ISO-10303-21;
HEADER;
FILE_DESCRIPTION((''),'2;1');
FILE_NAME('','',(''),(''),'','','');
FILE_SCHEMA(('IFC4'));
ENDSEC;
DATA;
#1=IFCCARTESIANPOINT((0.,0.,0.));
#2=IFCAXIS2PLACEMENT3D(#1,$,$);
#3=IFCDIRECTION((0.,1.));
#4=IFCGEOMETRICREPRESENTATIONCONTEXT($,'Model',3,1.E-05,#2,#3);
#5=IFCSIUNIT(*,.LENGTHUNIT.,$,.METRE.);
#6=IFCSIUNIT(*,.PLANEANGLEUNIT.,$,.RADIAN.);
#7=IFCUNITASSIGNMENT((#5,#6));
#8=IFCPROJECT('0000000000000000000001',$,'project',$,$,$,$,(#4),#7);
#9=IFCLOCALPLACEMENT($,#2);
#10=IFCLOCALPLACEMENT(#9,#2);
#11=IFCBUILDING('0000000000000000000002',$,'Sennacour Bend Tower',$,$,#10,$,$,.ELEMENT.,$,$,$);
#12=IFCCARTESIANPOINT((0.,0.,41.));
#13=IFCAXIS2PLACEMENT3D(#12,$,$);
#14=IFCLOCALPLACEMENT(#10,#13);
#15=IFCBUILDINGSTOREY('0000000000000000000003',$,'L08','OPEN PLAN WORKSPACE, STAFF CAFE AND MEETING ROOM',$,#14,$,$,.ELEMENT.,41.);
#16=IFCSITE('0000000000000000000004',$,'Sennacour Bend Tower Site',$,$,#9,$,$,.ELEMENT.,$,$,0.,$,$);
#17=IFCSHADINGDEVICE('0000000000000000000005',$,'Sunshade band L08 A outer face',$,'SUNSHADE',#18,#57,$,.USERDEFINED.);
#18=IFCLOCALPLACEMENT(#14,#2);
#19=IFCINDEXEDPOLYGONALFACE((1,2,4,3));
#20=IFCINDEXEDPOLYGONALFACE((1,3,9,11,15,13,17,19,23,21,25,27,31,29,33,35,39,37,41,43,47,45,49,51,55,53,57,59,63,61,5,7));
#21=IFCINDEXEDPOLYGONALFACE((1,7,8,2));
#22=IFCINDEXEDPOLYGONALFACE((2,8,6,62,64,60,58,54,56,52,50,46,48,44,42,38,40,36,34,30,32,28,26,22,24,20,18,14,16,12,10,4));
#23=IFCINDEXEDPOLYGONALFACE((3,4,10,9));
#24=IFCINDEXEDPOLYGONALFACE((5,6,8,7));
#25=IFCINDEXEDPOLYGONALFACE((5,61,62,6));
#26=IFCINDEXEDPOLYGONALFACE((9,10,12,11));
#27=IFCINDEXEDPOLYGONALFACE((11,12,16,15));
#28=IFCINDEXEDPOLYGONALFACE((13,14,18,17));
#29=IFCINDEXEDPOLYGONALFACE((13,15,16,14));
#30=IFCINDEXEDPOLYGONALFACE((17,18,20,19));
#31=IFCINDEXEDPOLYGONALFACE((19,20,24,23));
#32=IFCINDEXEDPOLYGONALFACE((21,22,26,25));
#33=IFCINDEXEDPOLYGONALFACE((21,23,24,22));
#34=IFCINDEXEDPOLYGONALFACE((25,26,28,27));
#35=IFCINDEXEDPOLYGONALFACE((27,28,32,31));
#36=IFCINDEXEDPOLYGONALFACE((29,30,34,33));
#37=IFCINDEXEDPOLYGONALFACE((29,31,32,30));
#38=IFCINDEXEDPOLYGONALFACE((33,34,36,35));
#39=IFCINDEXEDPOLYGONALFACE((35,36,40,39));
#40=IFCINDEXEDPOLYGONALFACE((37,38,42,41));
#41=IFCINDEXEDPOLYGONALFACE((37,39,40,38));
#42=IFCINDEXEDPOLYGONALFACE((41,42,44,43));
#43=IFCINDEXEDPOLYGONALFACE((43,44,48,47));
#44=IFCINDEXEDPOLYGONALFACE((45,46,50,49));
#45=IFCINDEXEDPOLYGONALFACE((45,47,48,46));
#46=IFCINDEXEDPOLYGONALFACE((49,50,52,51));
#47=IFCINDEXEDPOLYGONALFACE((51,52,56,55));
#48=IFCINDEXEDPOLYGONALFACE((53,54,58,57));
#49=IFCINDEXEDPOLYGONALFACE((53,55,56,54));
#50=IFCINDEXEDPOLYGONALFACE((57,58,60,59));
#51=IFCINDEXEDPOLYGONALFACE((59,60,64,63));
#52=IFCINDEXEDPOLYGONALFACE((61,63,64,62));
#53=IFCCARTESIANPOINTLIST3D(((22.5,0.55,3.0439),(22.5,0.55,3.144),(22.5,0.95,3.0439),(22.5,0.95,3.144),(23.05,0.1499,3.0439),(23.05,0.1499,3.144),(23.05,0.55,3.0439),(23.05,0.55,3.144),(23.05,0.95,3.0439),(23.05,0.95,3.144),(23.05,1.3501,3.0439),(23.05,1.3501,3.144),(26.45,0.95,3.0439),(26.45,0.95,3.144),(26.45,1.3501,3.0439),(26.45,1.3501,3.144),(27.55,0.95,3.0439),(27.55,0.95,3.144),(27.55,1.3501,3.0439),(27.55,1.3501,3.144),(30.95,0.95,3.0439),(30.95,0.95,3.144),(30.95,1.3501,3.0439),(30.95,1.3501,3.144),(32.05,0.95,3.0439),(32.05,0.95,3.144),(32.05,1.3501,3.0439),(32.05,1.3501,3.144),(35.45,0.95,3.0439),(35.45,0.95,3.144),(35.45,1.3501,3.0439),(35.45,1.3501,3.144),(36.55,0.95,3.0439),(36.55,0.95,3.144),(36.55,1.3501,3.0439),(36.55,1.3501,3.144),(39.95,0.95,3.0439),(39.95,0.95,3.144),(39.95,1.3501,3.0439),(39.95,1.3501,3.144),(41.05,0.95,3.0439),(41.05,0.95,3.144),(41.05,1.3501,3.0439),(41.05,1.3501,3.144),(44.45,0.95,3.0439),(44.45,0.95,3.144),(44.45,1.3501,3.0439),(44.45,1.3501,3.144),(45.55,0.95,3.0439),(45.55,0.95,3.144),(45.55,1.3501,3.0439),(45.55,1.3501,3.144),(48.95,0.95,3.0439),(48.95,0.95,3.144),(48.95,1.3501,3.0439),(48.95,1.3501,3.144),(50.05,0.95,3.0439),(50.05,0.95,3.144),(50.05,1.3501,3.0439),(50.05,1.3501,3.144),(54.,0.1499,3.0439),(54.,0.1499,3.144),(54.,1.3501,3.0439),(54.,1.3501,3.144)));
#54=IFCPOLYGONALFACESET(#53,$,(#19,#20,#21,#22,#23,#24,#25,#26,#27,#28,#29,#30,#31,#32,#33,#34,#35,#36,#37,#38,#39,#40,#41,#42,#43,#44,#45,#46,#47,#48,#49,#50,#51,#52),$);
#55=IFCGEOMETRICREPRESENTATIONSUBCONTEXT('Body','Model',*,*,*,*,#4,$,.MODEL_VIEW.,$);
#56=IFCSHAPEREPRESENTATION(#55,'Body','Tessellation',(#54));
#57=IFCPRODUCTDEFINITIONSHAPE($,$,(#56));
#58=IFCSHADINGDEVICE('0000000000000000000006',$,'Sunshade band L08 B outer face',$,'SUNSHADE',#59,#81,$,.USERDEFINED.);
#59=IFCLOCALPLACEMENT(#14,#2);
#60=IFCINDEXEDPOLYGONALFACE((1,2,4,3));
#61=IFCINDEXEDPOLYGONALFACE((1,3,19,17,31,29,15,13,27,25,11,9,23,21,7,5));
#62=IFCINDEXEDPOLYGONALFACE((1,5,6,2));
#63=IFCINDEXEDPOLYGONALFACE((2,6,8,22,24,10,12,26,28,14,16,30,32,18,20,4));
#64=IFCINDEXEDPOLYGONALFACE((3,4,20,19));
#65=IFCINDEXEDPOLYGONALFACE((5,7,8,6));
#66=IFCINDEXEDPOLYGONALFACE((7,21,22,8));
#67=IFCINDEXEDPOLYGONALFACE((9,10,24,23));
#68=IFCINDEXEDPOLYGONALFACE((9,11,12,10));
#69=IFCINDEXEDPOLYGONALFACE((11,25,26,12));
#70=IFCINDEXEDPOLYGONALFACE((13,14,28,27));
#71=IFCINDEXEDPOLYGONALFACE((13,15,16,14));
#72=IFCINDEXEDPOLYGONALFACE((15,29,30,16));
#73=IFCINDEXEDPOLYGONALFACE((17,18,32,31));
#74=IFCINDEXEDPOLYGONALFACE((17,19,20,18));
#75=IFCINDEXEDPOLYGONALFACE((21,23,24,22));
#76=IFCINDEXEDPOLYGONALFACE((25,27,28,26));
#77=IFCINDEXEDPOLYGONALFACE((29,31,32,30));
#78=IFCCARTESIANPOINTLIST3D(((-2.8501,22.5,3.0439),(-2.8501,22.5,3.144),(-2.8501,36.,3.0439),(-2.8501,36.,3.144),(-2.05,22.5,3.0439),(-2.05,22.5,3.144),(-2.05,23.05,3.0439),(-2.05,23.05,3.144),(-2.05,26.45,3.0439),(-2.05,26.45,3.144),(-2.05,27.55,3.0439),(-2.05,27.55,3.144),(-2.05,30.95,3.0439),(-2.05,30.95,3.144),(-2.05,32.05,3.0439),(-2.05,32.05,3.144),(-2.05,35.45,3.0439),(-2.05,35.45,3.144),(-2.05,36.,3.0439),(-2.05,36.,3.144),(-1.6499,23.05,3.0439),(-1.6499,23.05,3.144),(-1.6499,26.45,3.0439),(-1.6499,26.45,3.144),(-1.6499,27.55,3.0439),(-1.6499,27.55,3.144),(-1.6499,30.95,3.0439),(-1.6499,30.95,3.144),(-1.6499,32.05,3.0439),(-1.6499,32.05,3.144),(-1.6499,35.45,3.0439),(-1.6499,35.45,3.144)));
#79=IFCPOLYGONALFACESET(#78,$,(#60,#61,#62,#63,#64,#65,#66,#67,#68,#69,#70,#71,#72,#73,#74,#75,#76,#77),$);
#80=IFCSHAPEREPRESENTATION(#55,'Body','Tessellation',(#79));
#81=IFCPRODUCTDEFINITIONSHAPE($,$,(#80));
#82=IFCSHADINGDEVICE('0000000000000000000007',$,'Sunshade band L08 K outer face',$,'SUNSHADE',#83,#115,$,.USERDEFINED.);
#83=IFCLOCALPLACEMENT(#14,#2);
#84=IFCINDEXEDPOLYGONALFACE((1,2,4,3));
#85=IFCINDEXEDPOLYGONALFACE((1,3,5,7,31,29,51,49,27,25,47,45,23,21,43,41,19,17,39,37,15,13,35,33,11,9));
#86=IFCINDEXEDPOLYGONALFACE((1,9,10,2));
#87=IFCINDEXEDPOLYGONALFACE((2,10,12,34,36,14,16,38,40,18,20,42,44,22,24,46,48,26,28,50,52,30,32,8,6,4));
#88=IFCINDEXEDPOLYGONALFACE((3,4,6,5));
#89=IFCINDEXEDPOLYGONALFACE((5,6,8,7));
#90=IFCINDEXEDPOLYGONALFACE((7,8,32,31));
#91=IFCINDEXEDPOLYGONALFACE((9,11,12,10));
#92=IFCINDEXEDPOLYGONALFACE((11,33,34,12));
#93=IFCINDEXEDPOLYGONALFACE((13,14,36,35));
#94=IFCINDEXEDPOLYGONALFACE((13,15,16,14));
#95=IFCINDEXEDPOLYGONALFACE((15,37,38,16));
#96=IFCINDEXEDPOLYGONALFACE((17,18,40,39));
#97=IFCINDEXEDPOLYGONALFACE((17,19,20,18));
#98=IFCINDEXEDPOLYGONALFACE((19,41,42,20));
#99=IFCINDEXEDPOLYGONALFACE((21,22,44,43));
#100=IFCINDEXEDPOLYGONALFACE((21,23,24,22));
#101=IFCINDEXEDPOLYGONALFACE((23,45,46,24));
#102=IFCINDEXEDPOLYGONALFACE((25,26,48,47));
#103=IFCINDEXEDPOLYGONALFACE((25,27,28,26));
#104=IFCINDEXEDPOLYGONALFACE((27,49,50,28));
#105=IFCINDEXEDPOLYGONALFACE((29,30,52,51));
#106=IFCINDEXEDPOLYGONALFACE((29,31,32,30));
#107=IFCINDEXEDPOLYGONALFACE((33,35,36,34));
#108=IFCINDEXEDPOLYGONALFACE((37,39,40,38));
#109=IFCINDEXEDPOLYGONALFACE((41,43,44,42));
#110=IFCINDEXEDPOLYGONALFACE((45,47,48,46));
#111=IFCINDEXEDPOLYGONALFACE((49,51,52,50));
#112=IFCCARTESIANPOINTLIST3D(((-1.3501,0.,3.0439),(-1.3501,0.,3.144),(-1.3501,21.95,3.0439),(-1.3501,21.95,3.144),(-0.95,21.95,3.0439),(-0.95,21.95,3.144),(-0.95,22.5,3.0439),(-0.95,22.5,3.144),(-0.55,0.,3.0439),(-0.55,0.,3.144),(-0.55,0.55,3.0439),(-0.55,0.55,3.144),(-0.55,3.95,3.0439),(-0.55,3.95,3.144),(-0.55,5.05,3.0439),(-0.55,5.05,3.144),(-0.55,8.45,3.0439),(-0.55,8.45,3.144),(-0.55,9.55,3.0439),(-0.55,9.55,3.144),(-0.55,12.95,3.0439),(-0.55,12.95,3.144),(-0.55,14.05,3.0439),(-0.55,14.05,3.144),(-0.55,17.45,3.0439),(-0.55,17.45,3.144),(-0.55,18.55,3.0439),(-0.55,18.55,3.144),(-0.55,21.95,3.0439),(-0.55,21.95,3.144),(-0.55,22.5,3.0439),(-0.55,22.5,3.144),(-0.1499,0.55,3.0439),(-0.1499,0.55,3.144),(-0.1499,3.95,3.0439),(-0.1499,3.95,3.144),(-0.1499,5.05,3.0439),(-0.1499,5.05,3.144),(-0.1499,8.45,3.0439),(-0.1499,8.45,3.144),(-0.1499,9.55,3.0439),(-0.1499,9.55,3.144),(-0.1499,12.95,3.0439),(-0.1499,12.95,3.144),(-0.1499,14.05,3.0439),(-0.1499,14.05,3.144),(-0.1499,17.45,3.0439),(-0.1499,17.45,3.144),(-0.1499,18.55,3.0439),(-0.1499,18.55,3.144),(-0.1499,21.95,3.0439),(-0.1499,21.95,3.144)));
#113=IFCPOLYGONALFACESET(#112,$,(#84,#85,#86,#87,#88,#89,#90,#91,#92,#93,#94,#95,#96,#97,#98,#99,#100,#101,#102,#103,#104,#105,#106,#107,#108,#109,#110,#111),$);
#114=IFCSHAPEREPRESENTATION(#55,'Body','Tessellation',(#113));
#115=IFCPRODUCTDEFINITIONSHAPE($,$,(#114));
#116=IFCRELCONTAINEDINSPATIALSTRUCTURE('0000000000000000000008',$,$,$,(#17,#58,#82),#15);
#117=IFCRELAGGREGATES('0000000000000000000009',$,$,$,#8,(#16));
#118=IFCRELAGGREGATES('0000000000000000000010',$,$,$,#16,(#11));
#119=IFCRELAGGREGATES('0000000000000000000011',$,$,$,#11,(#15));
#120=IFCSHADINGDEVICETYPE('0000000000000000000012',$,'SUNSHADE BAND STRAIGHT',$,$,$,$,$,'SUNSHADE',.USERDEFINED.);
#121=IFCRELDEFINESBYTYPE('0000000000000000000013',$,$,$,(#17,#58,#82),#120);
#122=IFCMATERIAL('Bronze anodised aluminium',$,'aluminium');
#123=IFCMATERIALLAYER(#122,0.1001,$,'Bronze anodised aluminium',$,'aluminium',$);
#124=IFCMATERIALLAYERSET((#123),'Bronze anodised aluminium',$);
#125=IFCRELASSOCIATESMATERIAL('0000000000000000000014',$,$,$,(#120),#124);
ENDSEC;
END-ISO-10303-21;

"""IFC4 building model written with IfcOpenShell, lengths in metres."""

from ifc_helpers import new_model, si_unit, direction, frame, origin, place, context, subcontext, project, spatial, polyline, outline, extrude, material, layer, layer_set, type_object, element, save


model = new_model("IFC4")

# Units and contexts
model_context = context("Model", 3, precision=1e-05, world=origin(), true_north=direction((0.0, 1.0)))
body_context = subcontext(model_context, "Body", "Model", "MODEL_VIEW")
ifc_project = project(units=[si_unit("LENGTHUNIT", "METRE"), si_unit("PLANEANGLEUNIT", "RADIAN")], contexts=[model_context])

# Site, building, storey
site_placement = place(None, origin())
site = spatial("IfcSite", under=ifc_project, at=site_placement, Name="Sennacour Bend Tower Site", CompositionType="ELEMENT", RefElevation=0.0)
building_placement = place(site_placement, origin())
building = spatial("IfcBuilding", under=site, at=building_placement, Name="Sennacour Bend Tower", CompositionType="ELEMENT")
storey_placement = place(building_placement, frame((0.0, 0.0, 41.0)))
storey = spatial("IfcBuildingStorey", under=building, at=storey_placement, Name="L08", Description="OPEN PLAN WORKSPACE, STAFF CAFE AND MEETING ROOM", CompositionType="ELEMENT", Elevation=41.0)

# Shading devices
ifc_material_1 = material(Name="Bronze anodised aluminium", Category="aluminium")
ifc_layer_1 = layer(ifc_material_1, 0.1001, Name="Bronze anodised aluminium", Category="aluminium")
ifc_layer_set_1 = layer_set([ifc_layer_1], Name="Bronze anodised aluminium")
shading_device_type_1 = type_object("IfcShadingDeviceType", Name="SUNSHADE BAND STRAIGHT", ElementType="SUNSHADE", PredefinedType="USERDEFINED", material=ifc_layer_set_1)
shading_device_1_placement = place(storey_placement, frame((0.0, 0.0, 3.0439)))
element("IfcShadingDevice", 1, at=shading_device_1_placement, inside=storey, type_object=shading_device_type_1, Name="Sunshade band L08 A outer face", ObjectType="SUNSHADE", PredefinedType="USERDEFINED", context=body_context, shape_type="SweptSolid", body=[
    extrude(outline(polyline([(26.45, 1.3501), (26.45, 0.95), (27.55, 0.95), (27.55, 1.3501), (30.95, 1.3501), (30.95, 0.95), (32.05, 0.95), (32.05, 1.3501), (35.45, 1.3501), (35.45, 0.95), (36.55, 0.95), (36.55, 1.3501), (39.95, 1.3501), (39.95, 0.95), (41.05, 0.95), (41.05, 1.3501), (44.45, 1.3501), (44.45, 0.95), (45.55, 0.95), (45.55, 1.3501), (48.95, 1.3501), (48.95, 0.95), (50.05, 0.95), (50.05, 1.3501), (54.0, 1.3501), (54.0, 0.1499), (23.05, 0.1499), (23.05, 0.55), (22.5, 0.55), (22.5, 0.95), (23.05, 0.95), (23.05, 1.3501), (26.45, 1.3501)])), origin(), (0.0, 0.0, 1.0), 0.1001),
])
shading_device_2_placement = place(storey_placement, frame((0.0, 0.0, 3.0439)))
element("IfcShadingDevice", 2, at=shading_device_2_placement, inside=storey, type_object=shading_device_type_1, Name="Sunshade band L08 B outer face", ObjectType="SUNSHADE", PredefinedType="USERDEFINED", context=body_context, shape_type="SweptSolid", body=[
    extrude(outline(polyline([(-1.6499, 32.05), (-2.05, 32.05), (-2.05, 30.95), (-1.6499, 30.95), (-1.6499, 27.55), (-2.05, 27.55), (-2.05, 26.45), (-1.6499, 26.45), (-1.6499, 23.05), (-2.05, 23.05), (-2.05, 22.5), (-2.8501, 22.5), (-2.8501, 36.0), (-2.05, 36.0), (-2.05, 35.45), (-1.6499, 35.45), (-1.6499, 32.05)])), origin(), (0.0, 0.0, 1.0), 0.1001),
])
shading_device_3_placement = place(storey_placement, frame((0.0, 0.0, 3.0439)))
element("IfcShadingDevice", 3, at=shading_device_3_placement, inside=storey, type_object=shading_device_type_1, Name="Sunshade band L08 K outer face", ObjectType="SUNSHADE", PredefinedType="USERDEFINED", context=body_context, shape_type="SweptSolid", body=[
    extrude(outline(polyline([(-0.1499, 18.55), (-0.55, 18.55), (-0.55, 17.45), (-0.1499, 17.45), (-0.1499, 14.05), (-0.55, 14.05), (-0.55, 12.95), (-0.1499, 12.95), (-0.1499, 9.55), (-0.55, 9.55), (-0.55, 8.45), (-0.1499, 8.45), (-0.1499, 5.05), (-0.55, 5.05), (-0.55, 3.95), (-0.1499, 3.95), (-0.1499, 0.55), (-0.55, 0.55), (-0.55, 0.0), (-1.3501, 0.0), (-1.3501, 21.95), (-0.95, 21.95), (-0.95, 22.5), (-0.55, 22.5), (-0.55, 21.95), (-0.1499, 21.95), (-0.1499, 18.55)])), origin(), (0.0, 0.0, 1.0), 0.1001),
])

save(model, "model.ifc")
